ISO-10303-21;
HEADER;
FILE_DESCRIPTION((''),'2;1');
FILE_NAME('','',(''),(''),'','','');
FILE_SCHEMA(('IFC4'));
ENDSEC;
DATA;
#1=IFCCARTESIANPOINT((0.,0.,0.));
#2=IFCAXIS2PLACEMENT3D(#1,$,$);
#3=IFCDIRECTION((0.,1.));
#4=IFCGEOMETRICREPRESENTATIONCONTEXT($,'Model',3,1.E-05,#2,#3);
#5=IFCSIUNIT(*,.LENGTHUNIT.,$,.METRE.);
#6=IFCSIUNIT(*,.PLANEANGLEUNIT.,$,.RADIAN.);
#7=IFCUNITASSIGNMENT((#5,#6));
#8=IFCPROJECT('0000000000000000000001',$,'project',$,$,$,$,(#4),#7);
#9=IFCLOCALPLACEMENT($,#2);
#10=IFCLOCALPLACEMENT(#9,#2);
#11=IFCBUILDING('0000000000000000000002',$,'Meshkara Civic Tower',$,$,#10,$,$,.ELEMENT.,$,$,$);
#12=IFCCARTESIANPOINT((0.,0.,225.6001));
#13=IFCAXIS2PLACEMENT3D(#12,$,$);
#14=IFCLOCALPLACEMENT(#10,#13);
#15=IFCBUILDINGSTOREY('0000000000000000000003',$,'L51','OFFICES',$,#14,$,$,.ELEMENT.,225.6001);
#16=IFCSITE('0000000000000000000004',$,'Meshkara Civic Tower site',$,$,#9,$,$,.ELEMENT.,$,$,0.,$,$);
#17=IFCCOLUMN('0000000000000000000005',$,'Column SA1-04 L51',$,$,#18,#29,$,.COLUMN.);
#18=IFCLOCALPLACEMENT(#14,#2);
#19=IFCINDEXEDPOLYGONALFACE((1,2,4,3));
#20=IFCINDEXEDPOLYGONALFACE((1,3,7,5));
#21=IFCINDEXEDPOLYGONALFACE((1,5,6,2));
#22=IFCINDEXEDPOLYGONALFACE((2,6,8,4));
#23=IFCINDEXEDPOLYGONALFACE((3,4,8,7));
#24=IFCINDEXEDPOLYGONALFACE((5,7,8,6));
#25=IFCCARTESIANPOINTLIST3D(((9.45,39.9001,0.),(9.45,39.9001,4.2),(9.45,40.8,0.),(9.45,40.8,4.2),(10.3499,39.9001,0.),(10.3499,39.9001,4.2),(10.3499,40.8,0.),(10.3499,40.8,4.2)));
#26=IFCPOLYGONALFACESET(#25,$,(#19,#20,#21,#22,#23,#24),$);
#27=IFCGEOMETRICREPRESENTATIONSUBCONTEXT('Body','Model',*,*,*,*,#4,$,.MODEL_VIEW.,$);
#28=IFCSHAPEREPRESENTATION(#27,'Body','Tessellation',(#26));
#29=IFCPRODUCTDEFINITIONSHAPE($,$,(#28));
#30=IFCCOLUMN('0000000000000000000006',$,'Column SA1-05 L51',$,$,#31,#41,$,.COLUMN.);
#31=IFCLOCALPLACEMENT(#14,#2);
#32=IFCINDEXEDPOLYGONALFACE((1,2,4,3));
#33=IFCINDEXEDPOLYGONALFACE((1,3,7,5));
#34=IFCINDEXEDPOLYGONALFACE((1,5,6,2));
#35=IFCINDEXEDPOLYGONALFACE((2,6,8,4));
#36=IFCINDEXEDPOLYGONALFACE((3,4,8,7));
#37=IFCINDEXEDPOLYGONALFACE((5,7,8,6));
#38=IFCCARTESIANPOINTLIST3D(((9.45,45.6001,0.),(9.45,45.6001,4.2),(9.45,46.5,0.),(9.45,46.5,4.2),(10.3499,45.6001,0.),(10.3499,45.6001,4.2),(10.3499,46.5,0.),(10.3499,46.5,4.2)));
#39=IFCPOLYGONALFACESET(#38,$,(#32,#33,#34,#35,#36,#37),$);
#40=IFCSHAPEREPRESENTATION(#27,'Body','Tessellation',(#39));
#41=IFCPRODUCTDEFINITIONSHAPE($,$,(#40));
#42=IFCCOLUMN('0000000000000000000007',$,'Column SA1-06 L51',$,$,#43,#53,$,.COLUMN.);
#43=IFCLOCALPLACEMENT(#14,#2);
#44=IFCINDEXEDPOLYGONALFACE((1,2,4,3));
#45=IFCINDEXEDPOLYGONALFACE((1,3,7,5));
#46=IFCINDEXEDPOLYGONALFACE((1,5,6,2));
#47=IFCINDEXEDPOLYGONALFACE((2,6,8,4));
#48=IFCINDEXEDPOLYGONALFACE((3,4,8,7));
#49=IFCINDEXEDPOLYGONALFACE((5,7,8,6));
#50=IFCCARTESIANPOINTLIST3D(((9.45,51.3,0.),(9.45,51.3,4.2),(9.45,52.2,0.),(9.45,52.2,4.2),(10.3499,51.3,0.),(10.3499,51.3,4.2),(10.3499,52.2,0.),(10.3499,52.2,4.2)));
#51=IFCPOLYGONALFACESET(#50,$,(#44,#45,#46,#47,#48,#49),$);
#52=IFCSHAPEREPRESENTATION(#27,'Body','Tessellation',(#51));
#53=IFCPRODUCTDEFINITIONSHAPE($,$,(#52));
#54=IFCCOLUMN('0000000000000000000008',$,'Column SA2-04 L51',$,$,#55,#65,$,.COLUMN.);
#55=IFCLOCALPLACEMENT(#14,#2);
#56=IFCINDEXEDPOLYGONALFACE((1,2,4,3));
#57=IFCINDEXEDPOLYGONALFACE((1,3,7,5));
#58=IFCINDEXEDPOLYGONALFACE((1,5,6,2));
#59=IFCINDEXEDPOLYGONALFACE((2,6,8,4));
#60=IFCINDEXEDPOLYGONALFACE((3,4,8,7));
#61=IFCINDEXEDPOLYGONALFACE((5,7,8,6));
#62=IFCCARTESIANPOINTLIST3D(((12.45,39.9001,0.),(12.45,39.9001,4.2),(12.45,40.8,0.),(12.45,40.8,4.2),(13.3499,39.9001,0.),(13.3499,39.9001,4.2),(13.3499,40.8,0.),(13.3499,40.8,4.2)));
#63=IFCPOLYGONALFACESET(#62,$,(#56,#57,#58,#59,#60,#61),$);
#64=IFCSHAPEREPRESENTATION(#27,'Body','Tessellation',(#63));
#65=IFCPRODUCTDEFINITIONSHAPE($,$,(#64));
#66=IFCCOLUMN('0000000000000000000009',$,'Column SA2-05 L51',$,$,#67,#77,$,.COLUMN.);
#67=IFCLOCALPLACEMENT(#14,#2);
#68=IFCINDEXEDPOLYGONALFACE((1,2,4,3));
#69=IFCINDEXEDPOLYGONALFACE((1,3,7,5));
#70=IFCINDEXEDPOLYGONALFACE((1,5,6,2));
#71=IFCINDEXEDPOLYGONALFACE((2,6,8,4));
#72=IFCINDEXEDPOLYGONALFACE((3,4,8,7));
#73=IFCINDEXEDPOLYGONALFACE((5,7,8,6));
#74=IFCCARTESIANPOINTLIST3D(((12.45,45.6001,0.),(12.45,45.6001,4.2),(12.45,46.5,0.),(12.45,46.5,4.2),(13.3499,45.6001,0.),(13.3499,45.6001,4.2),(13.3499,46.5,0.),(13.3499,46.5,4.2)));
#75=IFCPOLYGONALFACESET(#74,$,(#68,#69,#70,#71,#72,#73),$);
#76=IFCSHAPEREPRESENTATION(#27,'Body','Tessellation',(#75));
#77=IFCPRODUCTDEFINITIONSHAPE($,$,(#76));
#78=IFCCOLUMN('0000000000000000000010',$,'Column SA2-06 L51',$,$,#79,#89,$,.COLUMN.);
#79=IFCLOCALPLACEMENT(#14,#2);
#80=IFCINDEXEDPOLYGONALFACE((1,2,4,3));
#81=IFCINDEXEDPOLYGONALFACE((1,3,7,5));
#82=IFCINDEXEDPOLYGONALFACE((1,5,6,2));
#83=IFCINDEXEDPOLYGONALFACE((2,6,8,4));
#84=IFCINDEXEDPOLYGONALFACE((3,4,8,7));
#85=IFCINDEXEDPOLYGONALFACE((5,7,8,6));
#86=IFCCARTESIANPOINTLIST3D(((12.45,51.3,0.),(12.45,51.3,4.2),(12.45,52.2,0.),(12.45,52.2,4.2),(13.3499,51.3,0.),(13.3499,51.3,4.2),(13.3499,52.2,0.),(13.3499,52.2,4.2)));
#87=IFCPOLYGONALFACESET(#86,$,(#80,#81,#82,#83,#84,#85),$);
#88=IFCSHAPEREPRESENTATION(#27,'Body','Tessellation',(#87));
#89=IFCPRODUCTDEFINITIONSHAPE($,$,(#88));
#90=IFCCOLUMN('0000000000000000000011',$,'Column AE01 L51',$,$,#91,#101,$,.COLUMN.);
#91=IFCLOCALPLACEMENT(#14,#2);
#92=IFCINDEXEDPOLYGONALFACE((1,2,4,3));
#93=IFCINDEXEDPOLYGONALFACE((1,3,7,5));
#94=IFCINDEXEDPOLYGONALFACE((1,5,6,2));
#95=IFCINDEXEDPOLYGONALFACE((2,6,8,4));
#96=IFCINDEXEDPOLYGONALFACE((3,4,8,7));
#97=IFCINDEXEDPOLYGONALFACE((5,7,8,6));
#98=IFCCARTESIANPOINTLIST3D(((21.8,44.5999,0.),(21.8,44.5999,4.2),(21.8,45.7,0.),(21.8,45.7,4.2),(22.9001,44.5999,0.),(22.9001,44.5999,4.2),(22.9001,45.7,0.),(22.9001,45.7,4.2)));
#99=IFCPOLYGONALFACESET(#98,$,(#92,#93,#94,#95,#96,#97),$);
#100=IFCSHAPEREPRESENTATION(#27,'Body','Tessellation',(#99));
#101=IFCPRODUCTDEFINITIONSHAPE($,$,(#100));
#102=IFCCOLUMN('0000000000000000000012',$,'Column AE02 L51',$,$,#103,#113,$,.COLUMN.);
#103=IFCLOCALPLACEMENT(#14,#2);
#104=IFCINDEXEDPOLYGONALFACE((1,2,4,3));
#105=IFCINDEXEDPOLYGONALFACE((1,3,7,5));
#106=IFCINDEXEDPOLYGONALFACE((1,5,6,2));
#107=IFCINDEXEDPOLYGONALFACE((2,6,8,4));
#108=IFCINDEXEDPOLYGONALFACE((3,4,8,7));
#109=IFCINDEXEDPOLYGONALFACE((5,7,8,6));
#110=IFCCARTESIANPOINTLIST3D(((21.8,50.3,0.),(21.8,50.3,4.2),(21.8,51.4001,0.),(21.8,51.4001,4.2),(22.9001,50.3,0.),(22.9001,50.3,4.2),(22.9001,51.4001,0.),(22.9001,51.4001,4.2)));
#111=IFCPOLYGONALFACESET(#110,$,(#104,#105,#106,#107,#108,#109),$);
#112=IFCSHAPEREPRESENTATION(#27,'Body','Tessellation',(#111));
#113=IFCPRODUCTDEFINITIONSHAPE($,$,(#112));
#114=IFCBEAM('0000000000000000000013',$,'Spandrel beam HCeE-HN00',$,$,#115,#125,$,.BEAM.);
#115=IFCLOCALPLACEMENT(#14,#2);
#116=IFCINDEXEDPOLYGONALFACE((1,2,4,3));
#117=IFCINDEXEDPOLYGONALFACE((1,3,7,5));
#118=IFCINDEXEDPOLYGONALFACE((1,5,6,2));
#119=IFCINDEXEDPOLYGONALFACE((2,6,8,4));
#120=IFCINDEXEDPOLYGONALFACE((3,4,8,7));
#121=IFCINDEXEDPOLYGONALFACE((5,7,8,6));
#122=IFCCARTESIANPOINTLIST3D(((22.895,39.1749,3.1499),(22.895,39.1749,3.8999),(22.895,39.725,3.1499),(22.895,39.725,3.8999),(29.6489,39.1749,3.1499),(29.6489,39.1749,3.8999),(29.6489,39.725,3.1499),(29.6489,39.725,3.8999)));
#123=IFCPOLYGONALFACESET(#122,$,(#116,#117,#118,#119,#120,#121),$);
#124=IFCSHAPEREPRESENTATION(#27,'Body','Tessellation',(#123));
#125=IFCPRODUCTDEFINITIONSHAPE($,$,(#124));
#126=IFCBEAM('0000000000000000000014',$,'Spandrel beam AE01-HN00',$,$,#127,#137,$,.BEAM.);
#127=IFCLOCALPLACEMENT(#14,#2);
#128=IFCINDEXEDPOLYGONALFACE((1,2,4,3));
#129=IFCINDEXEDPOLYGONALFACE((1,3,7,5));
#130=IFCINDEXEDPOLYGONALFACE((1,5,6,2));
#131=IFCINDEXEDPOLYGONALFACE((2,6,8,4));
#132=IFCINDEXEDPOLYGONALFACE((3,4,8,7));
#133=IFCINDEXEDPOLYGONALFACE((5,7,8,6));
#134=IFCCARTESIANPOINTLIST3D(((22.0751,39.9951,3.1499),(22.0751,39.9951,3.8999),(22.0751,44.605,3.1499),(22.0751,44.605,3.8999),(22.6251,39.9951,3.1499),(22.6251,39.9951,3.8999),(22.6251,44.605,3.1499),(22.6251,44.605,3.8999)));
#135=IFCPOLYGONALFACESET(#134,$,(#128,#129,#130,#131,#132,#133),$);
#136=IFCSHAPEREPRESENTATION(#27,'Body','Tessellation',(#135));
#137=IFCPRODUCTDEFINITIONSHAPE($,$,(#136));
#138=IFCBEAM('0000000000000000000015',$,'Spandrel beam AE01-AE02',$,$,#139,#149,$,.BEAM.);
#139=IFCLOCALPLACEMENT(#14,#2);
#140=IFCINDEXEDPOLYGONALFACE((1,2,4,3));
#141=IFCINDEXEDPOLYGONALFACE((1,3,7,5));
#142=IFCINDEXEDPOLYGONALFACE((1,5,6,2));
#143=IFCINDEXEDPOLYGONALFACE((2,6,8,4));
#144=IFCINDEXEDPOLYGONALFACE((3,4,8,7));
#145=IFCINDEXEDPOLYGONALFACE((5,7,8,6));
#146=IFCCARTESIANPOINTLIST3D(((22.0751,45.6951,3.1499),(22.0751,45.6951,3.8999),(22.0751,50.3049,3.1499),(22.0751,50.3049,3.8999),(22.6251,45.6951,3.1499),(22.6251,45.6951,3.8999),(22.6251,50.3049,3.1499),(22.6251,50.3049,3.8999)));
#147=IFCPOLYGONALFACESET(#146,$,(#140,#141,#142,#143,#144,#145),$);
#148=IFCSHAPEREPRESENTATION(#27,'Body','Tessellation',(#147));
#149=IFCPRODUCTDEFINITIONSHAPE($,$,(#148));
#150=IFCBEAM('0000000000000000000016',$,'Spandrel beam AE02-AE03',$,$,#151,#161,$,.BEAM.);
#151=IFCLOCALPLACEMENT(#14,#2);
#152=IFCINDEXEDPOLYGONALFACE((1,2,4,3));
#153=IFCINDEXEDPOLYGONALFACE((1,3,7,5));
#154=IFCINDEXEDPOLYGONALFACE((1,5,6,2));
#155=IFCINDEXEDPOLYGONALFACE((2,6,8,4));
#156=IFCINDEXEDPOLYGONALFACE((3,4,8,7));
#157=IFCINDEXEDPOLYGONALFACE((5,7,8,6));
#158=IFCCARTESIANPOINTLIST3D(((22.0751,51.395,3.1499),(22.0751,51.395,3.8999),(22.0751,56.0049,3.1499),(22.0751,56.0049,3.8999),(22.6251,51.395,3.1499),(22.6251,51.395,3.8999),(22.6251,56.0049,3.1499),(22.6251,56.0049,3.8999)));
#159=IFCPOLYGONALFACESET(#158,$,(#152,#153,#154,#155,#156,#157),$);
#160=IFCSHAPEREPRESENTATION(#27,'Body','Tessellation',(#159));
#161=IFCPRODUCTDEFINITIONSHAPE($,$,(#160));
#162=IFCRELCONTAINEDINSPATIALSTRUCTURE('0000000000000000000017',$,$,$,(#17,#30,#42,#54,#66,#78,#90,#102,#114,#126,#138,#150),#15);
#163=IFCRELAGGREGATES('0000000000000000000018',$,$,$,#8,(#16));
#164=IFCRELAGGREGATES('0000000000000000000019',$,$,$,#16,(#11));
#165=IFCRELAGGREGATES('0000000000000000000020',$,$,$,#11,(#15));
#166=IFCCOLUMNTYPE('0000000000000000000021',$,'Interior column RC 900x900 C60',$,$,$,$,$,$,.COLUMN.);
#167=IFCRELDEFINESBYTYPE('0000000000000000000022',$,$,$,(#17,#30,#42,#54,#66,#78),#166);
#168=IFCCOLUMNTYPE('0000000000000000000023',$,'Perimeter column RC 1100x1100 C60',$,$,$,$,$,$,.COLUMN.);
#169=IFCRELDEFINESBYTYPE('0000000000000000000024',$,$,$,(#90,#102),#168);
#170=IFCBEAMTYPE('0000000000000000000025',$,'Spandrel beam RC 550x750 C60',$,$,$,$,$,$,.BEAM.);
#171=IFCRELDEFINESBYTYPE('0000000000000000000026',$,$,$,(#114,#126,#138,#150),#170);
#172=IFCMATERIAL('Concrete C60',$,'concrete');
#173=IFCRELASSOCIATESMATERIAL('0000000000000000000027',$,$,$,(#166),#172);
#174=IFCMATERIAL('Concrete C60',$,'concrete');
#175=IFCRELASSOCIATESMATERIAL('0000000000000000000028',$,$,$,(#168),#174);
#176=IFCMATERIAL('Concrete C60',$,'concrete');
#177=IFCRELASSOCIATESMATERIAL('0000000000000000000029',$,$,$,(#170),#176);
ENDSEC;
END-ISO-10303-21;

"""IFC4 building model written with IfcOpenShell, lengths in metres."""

from ifc_helpers import new_model, si_unit, direction, frame, origin, origin_2d, place, context, subcontext, project, spatial, rectangle, extrude, material, material_profile, profile_set, type_object, element, save


model = new_model("IFC4")

# Units and contexts
model_context = context("Model", 3, precision=1e-05, world=origin(), true_north=direction((0.0, 1.0)))
body_context = subcontext(model_context, "Body", "Model", "MODEL_VIEW")
ifc_project = project(units=[si_unit("LENGTHUNIT", "METRE"), si_unit("PLANEANGLEUNIT", "RADIAN")], contexts=[model_context])

# Site, building, storey
site_placement = place(None, origin())
site = spatial("IfcSite", under=ifc_project, at=site_placement, Name="Meshkara Civic Tower site", CompositionType="ELEMENT", RefElevation=0.0)
building_placement = place(site_placement, origin())
building = spatial("IfcBuilding", under=site, at=building_placement, Name="Meshkara Civic Tower", CompositionType="ELEMENT")
storey_placement = place(building_placement, frame((0.0, 0.0, 225.6001)))
storey = spatial("IfcBuildingStorey", under=building, at=storey_placement, Name="L51", Description="OFFICES", CompositionType="ELEMENT", Elevation=225.6001)

# Columns
ifc_material_1 = material(Name="Concrete C60", Category="concrete")
ifc_material_profile_1 = material_profile(ifc_material_1, rectangle(XDim=0.8999, YDim=0.8999, at=origin_2d()))
ifc_profile_set_1 = profile_set([ifc_material_profile_1], Name="Concrete C60")
column_type_1 = type_object("IfcColumnType", Name="Interior column RC 900x900 C60", PredefinedType="COLUMN", material=ifc_profile_set_1)
for number, where, z_axis, x_axis, name in (
    (1, (9.8999, 40.3501, 0.0), (0.0, 0.0, 1.0), (1.0, 0.0, 0.0), "Column SA1-04 L51"),
    (2, (9.8999, 46.05, 0.0), (0.0, 0.0, 1.0), (1.0, 0.0, 0.0), "Column SA1-05 L51"),
    (3, (9.8999, 51.75, 0.0), (0.0, 0.0, 1.0), (1.0, 0.0, 0.0), "Column SA1-06 L51"),
    (4, (12.8999, 40.3501, 0.0), (0.0, 0.0, 1.0), (1.0, 0.0, 0.0), "Column SA2-04 L51"),
    (5, (12.8999, 46.05, 0.0), (0.0, 0.0, 1.0), (1.0, 0.0, 0.0), "Column SA2-05 L51"),
    (6, (12.8999, 51.75, 0.0), (0.0, 0.0, 1.0), (1.0, 0.0, 0.0), "Column SA2-06 L51"),
):
    element("IfcColumn", number, at=place(storey_placement, frame(where, z_axis=z_axis, x_axis=x_axis)), inside=storey, type_object=column_type_1, Name=name, PredefinedType="COLUMN", context=body_context, shape_type="SweptSolid", body=[
        extrude(rectangle(XDim=0.8999, YDim=0.8999, at=origin_2d()), origin(), (0.0, 0.0, 1.0), 4.2),
    ])
ifc_material_2 = material(Name="Concrete C60", Category="concrete")
ifc_material_profile_2 = material_profile(ifc_material_2, rectangle(XDim=1.1001, YDim=1.1001, at=origin_2d()))
ifc_profile_set_2 = profile_set([ifc_material_profile_2], Name="Concrete C60")
column_type_2 = type_object("IfcColumnType", Name="Perimeter column RC 1100x1100 C60", PredefinedType="COLUMN", material=ifc_profile_set_2)
for number, where, z_axis, x_axis, name in (
    (7, (22.3501, 45.1499, 0.0), (0.0, 0.0, 1.0), (1.0, 0.0, 0.0), "Column AE01 L51"),
    (8, (22.3501, 50.8501, 0.0), (0.0, 0.0, 1.0), (1.0, 0.0, 0.0), "Column AE02 L51"),
):
    element("IfcColumn", number, at=place(storey_placement, frame(where, z_axis=z_axis, x_axis=x_axis)), inside=storey, type_object=column_type_2, Name=name, PredefinedType="COLUMN", context=body_context, shape_type="SweptSolid", body=[
        extrude(rectangle(XDim=1.1001, YDim=1.1001, at=origin_2d()), origin(), (0.0, 0.0, 1.0), 4.2),
    ])

# Beams
ifc_material_3 = material(Name="Concrete C60", Category="concrete")
ifc_material_profile_3 = material_profile(ifc_material_3, rectangle(XDim=0.55, YDim=0.75, at=origin_2d()))
ifc_profile_set_3 = profile_set([ifc_material_profile_3], Name="Concrete C60")
beam_type = type_object("IfcBeamType", Name="Spandrel beam RC 550x750 C60", PredefinedType="BEAM", material=ifc_profile_set_3)
beam_placement = place(storey_placement, frame((29.6489, 39.45, 3.5249), z_axis=(-1.0, 0.0, 0.0), x_axis=(0.0, -1.0, 0.0)))
element("IfcBeam", 9, at=beam_placement, inside=storey, type_object=beam_type, Name="Spandrel beam HCeE-HN00", PredefinedType="BEAM", context=body_context, shape_type="SweptSolid", body=[
    extrude(rectangle(XDim=0.55, YDim=0.75, at=origin_2d()), origin(), (0.0, 0.0, 1.0), 6.7539),
])
for number, where, z_axis, x_axis, name in (
    (10, (22.3501, 39.9951, 3.5249), (0.0, 1.0, 0.0), (-1.0, 0.0, 0.0), "Spandrel beam AE01-HN00"),
    (11, (22.3501, 45.6951, 3.5249), (0.0, 1.0, 0.0), (-1.0, 0.0, 0.0), "Spandrel beam AE01-AE02"),
    (12, (22.3501, 51.395, 3.5249), (0.0, 1.0, 0.0), (-1.0, 0.0, 0.0), "Spandrel beam AE02-AE03"),
):
    element("IfcBeam", number, at=place(storey_placement, frame(where, z_axis=z_axis, x_axis=x_axis)), inside=storey, type_object=beam_type, Name=name, PredefinedType="BEAM", context=body_context, shape_type="SweptSolid", body=[
        extrude(rectangle(XDim=0.55, YDim=0.75, at=origin_2d()), origin(), (0.0, 0.0, 1.0), 4.6099),
    ])

save(model, "model.ifc")
